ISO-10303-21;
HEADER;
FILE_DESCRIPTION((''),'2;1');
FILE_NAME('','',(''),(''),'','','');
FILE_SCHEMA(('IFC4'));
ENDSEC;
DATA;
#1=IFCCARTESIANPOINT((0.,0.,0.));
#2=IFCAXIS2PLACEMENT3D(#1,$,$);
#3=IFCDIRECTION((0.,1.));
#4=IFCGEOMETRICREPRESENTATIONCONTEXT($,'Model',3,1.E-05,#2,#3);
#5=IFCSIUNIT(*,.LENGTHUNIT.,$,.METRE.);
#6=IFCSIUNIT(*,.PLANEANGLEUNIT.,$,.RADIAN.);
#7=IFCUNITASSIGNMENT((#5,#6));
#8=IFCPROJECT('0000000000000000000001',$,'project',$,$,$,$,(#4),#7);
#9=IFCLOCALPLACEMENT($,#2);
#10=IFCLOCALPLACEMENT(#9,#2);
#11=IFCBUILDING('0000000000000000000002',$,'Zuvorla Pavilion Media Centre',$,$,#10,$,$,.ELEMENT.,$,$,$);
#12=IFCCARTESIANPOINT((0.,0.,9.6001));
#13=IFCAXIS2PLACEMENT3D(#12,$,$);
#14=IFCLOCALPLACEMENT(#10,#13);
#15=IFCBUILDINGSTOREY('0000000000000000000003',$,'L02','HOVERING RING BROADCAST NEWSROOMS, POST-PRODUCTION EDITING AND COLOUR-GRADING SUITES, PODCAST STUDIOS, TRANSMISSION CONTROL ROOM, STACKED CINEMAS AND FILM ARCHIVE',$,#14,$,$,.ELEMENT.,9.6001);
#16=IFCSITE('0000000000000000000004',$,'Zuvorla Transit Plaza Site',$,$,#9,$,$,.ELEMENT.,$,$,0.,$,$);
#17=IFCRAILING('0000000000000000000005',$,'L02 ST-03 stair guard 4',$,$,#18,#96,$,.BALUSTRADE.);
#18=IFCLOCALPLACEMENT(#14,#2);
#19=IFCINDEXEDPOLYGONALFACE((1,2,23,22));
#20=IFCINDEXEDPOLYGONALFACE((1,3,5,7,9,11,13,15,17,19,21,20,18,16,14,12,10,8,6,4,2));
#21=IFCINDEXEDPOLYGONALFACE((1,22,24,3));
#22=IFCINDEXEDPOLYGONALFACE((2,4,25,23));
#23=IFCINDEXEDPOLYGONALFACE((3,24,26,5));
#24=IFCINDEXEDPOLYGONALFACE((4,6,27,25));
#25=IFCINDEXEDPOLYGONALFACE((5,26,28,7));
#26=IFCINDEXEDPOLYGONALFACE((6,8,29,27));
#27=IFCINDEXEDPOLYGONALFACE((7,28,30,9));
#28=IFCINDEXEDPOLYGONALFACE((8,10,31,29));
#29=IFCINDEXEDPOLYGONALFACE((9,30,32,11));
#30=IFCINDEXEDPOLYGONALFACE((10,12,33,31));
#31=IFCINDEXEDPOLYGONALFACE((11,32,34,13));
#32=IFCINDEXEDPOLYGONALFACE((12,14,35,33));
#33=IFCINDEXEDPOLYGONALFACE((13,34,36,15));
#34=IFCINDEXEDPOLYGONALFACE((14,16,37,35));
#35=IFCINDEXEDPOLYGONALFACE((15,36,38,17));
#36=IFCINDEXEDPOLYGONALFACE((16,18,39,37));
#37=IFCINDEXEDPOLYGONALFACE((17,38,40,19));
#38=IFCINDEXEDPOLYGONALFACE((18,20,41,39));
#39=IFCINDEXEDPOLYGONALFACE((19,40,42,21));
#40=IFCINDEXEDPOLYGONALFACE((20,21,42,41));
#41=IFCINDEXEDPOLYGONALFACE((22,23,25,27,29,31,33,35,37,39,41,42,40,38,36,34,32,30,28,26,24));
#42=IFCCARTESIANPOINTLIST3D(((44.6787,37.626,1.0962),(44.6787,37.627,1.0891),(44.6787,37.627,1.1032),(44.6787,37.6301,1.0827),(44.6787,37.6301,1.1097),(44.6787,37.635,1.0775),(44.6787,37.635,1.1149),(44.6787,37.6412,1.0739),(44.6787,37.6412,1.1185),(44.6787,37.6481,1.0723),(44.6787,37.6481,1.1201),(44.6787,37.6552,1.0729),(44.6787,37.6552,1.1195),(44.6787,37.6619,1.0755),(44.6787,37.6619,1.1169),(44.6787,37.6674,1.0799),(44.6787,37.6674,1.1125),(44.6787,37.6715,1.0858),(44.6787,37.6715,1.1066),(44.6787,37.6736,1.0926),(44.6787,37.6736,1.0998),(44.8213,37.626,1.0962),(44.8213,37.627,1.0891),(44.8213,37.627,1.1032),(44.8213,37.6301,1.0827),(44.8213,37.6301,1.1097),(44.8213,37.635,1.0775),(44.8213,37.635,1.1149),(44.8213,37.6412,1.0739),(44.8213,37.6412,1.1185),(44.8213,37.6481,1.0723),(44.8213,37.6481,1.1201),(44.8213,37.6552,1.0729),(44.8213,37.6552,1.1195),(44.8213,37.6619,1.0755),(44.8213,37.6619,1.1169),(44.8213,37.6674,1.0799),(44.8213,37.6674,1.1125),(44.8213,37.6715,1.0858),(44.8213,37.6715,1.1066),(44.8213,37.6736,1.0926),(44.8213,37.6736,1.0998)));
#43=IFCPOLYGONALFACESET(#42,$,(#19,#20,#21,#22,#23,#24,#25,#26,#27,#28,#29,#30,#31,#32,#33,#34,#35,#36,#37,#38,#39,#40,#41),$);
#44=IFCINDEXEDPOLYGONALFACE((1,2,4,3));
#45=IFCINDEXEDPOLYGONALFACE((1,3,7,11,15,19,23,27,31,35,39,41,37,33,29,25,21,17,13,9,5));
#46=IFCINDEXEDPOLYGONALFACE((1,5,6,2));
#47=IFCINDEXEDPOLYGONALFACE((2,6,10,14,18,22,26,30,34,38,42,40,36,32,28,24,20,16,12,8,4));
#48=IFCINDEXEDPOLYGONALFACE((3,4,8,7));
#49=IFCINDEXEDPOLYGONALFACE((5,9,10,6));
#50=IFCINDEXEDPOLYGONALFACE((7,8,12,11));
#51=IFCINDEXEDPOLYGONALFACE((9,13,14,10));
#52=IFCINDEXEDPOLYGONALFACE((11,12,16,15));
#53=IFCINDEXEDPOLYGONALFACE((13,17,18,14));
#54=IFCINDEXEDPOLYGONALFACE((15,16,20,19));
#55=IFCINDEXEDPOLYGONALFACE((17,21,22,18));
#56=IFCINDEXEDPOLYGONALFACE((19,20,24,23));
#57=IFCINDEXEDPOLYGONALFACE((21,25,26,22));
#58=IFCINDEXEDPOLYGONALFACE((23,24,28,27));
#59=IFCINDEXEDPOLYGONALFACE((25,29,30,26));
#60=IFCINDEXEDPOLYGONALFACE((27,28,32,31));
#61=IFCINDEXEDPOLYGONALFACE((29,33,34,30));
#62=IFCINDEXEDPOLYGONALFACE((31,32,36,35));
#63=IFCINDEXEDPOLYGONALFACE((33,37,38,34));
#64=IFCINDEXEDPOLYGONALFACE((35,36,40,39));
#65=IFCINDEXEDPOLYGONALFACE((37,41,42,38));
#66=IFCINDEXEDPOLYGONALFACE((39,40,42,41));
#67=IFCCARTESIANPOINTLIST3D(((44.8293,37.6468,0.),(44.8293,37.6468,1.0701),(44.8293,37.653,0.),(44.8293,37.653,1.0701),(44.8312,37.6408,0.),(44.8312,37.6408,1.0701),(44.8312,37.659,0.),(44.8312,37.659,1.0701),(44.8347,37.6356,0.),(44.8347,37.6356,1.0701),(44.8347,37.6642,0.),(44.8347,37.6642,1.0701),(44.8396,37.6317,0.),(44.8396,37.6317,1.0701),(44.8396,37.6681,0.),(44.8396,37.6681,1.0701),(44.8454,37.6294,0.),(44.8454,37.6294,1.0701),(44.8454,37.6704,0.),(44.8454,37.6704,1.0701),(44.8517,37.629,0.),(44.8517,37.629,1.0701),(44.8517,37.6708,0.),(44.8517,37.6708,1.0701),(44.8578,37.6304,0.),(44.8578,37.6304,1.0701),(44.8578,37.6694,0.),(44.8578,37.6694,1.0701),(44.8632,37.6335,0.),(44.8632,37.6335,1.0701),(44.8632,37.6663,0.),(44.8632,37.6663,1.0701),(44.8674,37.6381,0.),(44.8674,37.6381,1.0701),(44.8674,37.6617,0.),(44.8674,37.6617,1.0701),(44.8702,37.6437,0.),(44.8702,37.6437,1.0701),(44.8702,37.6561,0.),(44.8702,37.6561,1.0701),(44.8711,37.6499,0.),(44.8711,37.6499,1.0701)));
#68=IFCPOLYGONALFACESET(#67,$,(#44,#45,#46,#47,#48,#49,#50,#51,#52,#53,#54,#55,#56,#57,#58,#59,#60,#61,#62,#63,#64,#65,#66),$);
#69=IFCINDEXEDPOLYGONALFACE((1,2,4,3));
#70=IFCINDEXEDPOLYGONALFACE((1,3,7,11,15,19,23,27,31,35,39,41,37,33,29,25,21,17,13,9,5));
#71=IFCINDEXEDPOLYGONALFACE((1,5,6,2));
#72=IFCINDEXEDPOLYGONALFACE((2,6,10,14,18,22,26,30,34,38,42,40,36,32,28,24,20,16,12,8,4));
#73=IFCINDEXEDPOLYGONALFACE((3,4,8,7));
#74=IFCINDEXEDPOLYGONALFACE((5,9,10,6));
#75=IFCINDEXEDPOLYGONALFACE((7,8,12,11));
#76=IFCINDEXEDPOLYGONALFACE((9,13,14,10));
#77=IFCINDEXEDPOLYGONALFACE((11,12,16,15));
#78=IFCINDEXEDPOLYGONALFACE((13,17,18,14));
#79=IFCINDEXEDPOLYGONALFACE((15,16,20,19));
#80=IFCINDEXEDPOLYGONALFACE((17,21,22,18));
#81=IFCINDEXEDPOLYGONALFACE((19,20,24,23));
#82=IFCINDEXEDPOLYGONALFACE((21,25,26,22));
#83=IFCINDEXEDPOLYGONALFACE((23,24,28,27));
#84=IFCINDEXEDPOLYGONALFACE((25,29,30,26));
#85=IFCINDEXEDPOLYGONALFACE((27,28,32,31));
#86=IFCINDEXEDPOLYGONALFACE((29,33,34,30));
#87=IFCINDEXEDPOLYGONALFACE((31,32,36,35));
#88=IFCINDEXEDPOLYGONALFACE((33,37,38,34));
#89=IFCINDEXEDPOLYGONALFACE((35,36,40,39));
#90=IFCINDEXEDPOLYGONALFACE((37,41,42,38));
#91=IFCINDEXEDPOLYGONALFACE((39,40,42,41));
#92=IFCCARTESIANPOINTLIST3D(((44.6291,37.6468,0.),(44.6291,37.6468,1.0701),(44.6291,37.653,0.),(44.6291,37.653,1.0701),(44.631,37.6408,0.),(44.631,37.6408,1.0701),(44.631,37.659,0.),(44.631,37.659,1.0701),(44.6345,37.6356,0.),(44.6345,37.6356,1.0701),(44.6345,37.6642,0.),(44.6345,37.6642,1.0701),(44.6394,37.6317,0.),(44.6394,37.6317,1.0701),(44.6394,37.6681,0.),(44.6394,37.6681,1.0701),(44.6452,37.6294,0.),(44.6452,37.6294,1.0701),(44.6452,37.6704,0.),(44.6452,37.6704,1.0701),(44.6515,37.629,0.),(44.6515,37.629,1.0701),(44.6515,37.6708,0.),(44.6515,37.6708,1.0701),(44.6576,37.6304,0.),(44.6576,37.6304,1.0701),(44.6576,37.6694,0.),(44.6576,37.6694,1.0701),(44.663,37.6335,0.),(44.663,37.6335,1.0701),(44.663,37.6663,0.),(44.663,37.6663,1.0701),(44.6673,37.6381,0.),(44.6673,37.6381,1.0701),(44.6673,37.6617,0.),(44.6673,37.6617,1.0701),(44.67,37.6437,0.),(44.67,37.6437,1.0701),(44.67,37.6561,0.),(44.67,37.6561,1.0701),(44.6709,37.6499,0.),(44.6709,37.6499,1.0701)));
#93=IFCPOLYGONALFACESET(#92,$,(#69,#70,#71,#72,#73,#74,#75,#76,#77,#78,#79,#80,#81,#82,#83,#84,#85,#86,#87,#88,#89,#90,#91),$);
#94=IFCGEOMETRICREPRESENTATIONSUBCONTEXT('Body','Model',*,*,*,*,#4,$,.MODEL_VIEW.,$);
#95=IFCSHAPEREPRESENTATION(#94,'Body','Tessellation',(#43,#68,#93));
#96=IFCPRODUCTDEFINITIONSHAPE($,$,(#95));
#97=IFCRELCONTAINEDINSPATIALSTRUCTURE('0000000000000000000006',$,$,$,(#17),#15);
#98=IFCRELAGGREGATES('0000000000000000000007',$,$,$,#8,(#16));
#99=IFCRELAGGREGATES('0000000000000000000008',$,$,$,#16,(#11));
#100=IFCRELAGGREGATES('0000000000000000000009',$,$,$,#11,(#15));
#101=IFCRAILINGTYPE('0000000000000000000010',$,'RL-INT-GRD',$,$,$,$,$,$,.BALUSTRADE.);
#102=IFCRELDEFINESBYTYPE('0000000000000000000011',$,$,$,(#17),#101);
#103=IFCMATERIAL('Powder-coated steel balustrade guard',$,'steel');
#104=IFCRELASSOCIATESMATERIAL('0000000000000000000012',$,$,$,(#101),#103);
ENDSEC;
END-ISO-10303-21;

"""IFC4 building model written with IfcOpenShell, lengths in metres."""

from ifc_helpers import new_model, si_unit, direction, frame, origin, origin_2d, place, context, subcontext, project, spatial, circle, extrude, material, type_object, element, save


model = new_model("IFC4")

# Units and contexts
model_context = context("Model", 3, precision=1e-05, world=origin(), true_north=direction((0.0, 1.0)))
body_context = subcontext(model_context, "Body", "Model", "MODEL_VIEW")
ifc_project = project(units=[si_unit("LENGTHUNIT", "METRE"), si_unit("PLANEANGLEUNIT", "RADIAN")], contexts=[model_context])

# Site, building, storey
site_placement = place(None, origin())
site = spatial("IfcSite", under=ifc_project, at=site_placement, Name="Zuvorla Transit Plaza Site", CompositionType="ELEMENT", RefElevation=0.0)
building_placement = place(site_placement, origin())
building = spatial("IfcBuilding", under=site, at=building_placement, Name="Zuvorla Pavilion Media Centre", CompositionType="ELEMENT")
storey_placement = place(building_placement, frame((0.0, 0.0, 9.6001)))
storey = spatial("IfcBuildingStorey", under=building, at=storey_placement, Name="L02", Description="HOVERING RING BROADCAST NEWSROOMS, POST-PRODUCTION EDITING AND COLOUR-GRADING SUITES, PODCAST STUDIOS, TRANSMISSION CONTROL ROOM, STACKED CINEMAS AND FILM ARCHIVE", CompositionType="ELEMENT", Elevation=9.6001)

# Railing
ifc_material_1 = material(Name="Powder-coated steel balustrade guard", Category="steel")
railing_type_1 = type_object("IfcRailingType", Name="RL-INT-GRD", PredefinedType="BALUSTRADE", material=ifc_material_1)
railing_1_placement = place(storey_placement, frame((44.8501, 37.6499, 0.0)))
element("IfcRailing", 1, at=railing_1_placement, inside=storey, type_object=railing_type_1, Name="L02 ST-03 stair guard 4", PredefinedType="BALUSTRADE", context=body_context, shape_type="SweptSolid", body=[
    extrude(circle(Radius=0.0239, at=origin_2d()), frame((-0.0288, 0.0, 1.0962), z_axis=(-1.0, 0.0, 0.0), x_axis=(0.0, -1.0, 0.0)), (0.0, 0.0, 1.0), 0.1426),
    extrude(circle(Radius=0.021, at=origin_2d()), origin(), (0.0, 0.0, 1.0), 1.0701),
    extrude(circle(Radius=0.021, at=origin_2d()), frame((-0.2002, 0.0, 0.0)), (0.0, 0.0, 1.0), 1.0701),
])

save(model, "model.ifc")
